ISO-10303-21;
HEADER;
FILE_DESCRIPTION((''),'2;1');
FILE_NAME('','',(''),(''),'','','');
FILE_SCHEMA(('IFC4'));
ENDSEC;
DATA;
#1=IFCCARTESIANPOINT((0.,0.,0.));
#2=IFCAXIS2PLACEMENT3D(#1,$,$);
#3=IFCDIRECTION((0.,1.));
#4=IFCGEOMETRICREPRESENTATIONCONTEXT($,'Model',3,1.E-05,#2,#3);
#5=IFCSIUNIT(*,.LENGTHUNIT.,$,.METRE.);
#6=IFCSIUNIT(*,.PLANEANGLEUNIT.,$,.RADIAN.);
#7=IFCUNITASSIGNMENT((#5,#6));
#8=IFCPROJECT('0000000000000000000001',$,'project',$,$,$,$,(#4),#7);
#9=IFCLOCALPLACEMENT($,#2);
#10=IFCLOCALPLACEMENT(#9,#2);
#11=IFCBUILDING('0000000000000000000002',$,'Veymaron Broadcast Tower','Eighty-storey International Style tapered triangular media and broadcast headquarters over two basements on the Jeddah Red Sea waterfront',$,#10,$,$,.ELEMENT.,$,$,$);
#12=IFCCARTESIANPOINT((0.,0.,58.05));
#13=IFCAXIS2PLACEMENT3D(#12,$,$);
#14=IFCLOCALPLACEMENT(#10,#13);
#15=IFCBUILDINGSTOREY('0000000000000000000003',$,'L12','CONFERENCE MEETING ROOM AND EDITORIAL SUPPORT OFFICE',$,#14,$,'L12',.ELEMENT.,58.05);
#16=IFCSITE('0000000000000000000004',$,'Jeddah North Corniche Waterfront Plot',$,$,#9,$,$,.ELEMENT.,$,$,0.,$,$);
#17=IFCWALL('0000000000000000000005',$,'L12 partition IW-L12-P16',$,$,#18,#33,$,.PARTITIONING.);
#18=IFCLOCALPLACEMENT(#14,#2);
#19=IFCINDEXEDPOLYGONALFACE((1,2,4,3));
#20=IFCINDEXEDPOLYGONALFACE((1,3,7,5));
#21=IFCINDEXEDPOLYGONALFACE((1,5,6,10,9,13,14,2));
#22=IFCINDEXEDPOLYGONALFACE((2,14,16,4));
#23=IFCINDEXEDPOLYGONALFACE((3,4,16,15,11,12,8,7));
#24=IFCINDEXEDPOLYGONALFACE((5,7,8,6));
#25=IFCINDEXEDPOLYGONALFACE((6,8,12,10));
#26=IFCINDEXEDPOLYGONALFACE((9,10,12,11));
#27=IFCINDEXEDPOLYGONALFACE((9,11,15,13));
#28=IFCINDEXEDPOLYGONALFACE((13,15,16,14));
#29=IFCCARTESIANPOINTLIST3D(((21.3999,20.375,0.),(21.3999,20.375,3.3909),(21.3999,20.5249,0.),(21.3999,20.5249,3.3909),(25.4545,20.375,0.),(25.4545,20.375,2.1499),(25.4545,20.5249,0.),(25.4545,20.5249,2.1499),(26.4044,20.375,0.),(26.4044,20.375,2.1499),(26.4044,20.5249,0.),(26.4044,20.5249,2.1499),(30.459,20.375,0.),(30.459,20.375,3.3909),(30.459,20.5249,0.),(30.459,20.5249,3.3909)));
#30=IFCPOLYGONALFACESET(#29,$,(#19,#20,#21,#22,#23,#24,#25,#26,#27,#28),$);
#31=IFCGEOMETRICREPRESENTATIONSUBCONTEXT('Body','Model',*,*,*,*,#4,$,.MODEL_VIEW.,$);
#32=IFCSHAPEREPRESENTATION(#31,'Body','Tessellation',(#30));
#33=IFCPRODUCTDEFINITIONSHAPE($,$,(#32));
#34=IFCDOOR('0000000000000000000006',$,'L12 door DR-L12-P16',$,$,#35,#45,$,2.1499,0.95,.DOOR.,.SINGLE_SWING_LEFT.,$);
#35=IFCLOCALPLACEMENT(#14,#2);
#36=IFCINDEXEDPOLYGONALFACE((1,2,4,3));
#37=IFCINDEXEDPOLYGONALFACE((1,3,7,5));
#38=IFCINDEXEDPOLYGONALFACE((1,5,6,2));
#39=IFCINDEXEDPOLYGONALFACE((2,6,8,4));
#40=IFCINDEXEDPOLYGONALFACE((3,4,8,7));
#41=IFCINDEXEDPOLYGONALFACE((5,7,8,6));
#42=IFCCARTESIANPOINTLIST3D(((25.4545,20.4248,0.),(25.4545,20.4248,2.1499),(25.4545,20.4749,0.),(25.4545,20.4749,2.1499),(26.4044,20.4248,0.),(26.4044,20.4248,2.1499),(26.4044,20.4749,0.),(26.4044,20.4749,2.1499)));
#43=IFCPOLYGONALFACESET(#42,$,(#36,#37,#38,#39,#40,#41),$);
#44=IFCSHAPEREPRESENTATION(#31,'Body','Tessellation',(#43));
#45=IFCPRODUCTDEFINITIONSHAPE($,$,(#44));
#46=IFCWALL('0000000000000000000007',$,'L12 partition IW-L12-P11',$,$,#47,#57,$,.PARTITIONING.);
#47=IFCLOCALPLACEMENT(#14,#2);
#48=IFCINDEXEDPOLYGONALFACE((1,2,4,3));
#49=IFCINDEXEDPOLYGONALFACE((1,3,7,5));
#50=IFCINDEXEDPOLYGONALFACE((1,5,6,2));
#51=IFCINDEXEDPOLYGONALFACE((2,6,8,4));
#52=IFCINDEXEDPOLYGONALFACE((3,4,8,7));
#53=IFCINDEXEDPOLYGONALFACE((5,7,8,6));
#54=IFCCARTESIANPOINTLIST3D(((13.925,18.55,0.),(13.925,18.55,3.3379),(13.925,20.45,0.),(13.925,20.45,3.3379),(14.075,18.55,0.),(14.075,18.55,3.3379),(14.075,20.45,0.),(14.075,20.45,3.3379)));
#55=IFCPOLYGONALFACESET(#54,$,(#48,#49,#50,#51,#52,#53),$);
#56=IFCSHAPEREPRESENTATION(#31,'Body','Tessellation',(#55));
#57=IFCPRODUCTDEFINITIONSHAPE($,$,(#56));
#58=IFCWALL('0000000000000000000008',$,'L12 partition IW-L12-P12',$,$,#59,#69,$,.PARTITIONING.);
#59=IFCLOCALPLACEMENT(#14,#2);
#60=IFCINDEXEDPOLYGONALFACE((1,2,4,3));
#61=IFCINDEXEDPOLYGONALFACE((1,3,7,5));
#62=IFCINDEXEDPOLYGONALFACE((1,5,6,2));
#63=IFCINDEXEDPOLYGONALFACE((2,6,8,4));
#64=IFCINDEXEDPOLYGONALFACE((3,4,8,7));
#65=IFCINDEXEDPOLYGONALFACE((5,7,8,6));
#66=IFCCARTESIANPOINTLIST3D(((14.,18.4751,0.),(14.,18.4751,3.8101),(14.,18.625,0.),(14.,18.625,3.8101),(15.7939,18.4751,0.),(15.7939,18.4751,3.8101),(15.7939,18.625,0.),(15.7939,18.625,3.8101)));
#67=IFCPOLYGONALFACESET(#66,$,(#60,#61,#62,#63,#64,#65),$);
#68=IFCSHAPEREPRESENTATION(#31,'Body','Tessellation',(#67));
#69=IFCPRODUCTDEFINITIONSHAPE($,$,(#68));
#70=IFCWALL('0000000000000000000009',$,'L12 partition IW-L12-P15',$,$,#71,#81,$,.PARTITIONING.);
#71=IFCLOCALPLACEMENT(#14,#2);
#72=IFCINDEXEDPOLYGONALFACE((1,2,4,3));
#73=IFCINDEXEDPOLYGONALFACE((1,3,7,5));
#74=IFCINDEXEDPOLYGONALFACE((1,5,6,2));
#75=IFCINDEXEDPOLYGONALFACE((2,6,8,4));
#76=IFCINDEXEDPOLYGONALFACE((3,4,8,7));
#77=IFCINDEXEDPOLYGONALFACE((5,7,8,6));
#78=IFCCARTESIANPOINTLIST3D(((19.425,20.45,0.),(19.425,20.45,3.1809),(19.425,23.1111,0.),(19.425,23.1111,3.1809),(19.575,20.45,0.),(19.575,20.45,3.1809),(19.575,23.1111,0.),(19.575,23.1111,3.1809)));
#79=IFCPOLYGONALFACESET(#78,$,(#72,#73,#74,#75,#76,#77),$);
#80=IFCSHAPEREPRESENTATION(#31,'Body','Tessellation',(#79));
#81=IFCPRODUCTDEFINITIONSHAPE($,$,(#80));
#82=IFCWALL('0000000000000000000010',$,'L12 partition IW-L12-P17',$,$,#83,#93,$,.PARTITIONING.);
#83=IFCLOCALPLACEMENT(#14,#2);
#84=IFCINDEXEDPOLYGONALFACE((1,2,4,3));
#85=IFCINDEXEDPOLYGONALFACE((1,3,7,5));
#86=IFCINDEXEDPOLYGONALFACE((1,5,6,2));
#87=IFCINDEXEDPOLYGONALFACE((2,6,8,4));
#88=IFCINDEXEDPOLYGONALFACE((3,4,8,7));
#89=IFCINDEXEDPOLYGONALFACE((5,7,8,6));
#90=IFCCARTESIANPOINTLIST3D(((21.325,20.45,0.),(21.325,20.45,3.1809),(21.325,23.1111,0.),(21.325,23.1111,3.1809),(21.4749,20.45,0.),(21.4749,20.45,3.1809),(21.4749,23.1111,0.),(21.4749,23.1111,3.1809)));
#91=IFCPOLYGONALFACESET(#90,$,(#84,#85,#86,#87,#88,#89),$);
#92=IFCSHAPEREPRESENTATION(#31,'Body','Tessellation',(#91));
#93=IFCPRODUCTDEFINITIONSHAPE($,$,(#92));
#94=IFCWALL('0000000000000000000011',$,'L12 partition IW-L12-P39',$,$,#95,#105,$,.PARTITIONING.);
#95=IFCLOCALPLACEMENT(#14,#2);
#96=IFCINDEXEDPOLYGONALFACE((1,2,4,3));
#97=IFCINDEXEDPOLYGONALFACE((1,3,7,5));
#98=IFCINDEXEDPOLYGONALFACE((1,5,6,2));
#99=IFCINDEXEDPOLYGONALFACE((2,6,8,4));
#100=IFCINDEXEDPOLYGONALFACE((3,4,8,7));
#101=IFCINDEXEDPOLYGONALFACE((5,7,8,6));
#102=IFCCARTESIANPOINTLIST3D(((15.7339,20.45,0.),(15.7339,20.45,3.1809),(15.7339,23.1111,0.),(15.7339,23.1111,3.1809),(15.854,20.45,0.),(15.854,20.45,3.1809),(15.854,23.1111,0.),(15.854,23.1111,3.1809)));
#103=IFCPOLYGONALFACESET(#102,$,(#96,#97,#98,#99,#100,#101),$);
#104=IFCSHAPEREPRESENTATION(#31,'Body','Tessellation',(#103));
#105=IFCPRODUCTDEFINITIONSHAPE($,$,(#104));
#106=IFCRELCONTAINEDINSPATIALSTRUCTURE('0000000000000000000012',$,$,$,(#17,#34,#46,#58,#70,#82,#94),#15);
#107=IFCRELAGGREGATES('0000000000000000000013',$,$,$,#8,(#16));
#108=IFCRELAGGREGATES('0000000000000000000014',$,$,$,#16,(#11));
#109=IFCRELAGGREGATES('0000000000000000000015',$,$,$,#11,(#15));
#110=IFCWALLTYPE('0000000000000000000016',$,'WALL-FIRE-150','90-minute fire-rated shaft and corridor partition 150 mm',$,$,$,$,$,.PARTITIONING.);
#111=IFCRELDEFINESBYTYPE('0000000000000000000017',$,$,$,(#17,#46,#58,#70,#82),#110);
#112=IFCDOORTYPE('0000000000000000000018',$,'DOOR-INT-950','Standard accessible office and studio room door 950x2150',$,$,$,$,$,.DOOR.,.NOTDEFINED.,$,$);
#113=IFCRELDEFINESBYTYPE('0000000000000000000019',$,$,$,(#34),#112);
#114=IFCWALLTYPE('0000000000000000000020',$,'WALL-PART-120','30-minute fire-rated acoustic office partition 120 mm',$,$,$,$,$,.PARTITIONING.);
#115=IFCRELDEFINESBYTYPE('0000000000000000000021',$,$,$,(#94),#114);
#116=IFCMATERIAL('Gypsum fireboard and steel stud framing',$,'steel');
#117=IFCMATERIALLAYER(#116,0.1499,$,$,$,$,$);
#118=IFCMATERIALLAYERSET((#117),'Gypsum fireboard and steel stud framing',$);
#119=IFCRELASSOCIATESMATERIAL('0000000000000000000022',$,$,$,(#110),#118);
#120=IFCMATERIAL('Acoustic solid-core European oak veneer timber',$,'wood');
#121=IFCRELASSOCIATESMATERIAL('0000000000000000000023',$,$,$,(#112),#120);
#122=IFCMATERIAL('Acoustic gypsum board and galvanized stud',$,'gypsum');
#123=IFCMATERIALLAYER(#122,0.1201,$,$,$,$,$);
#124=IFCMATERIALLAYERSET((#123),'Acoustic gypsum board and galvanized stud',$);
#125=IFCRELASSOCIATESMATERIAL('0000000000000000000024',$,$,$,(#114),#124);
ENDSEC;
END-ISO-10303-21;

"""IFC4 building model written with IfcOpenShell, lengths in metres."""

from ifc_helpers import new_model, si_unit, direction, frame, frame_2d, origin, place, context, subcontext, project, spatial, rectangle, extrude, material, layer, layer_set, type_object, element, fill, save


model = new_model("IFC4")

# Units and contexts
model_context = context("Model", 3, precision=1e-05, world=origin(), true_north=direction((0.0, 1.0)))
body_context = subcontext(model_context, "Body", "Model", "MODEL_VIEW")
ifc_project = project(units=[si_unit("LENGTHUNIT", "METRE"), si_unit("PLANEANGLEUNIT", "RADIAN")], contexts=[model_context])

# Site, building, storey
site_placement = place(None, origin())
site = spatial("IfcSite", under=ifc_project, at=site_placement, Name="Jeddah North Corniche Waterfront Plot", CompositionType="ELEMENT", RefElevation=0.0)
building_placement = place(site_placement, origin())
building = spatial("IfcBuilding", under=site, at=building_placement, Name="Veymaron Broadcast Tower", Description="Eighty-storey International Style tapered triangular media and broadcast headquarters over two basements on the Jeddah Red Sea waterfront", CompositionType="ELEMENT")
storey_placement = place(building_placement, frame((0.0, 0.0, 58.05)))
storey = spatial("IfcBuildingStorey", under=building, at=storey_placement, Name="L12", Description="CONFERENCE MEETING ROOM AND EDITORIAL SUPPORT OFFICE", LongName="L12", CompositionType="ELEMENT", Elevation=58.05)

# Wall, opening, door
ifc_material_1 = material(Name="Gypsum fireboard and steel stud framing", Category="steel")
ifc_layer_1 = layer(ifc_material_1, 0.1499)
ifc_layer_set_1 = layer_set([ifc_layer_1], Name="Gypsum fireboard and steel stud framing")
wall_type_1 = type_object("IfcWallType", Name="WALL-FIRE-150", Description="90-minute fire-rated shaft and corridor partition 150 mm", PredefinedType="PARTITIONING", material=ifc_layer_set_1)
ifc_material_2 = material(Name="Acoustic solid-core European oak veneer timber", Category="wood")
door_type = type_object("IfcDoorType", Name="DOOR-INT-950", Description="Standard accessible office and studio room door 950x2150", OperationType="NOTDEFINED", PredefinedType="DOOR", material=ifc_material_2)
wall_1_placement = place(storey_placement, frame((21.3999, 20.45, 0.0), z_axis=(0.0, 0.0, 1.0), x_axis=(1.0, 0.0, 0.0)))
wall_1 = element("IfcWall", 1, at=wall_1_placement, inside=storey, type_object=wall_type_1, Name="L12 partition IW-L12-P16", PredefinedType="PARTITIONING", context=body_context, shape_type="SweptSolid", body=[
    extrude(rectangle(XDim=9.0591, YDim=0.1499, at=frame_2d((4.5295, 0.0))), origin(), (0.0, 0.0, 1.0), 3.3909),
])
opening_1_placement = place(wall_1_placement, frame((4.0544, 0.0, 0.0)))
opening_1 = element("IfcOpeningElement", 2, at=opening_1_placement, cuts=wall_1, PredefinedType="OPENING", context=body_context, shape_type="SweptSolid", body=[
    extrude(rectangle(XDim=0.95, YDim=2.1499, at=frame_2d((0.4751, 1.075))), frame((0.0, 0.085, 0.0), z_axis=(0.0, -1.0, 0.0), x_axis=(1.0, 0.0, 0.0)), (0.0, 0.0, 1.0), 0.1699),
])
door_1_placement = place(opening_1_placement, origin())
door_1 = element("IfcDoor", 3, at=door_1_placement, inside=storey, type_object=door_type, Name="L12 door DR-L12-P16", OperationType="SINGLE_SWING_LEFT", OverallHeight=2.1499, OverallWidth=0.95, PredefinedType="DOOR", context=body_context, shape_type="SweptSolid", body=[
    extrude(rectangle(XDim=0.95, YDim=2.1499, at=frame_2d((0.4751, 1.075))), frame((0.0, 0.0249, 0.0), z_axis=(0.0, -1.0, 0.0), x_axis=(1.0, 0.0, 0.0)), (0.0, 0.0, 1.0), 0.05),
])
fill(opening_1, door_1)

# Walls
wall_2_placement = place(storey_placement, frame((14.0, 18.55, 0.0), z_axis=(0.0, 0.0, 1.0), x_axis=(0.0, 1.0, 0.0)))
element("IfcWall", 4, at=wall_2_placement, inside=storey, type_object=wall_type_1, Name="L12 partition IW-L12-P11", PredefinedType="PARTITIONING", context=body_context, shape_type="SweptSolid", body=[
    extrude(rectangle(XDim=1.8999, YDim=0.1499, at=frame_2d((0.95, 0.0))), origin(), (0.0, 0.0, 1.0), 3.3379),
])
wall_3_placement = place(storey_placement, frame((14.0, 18.55, 0.0), z_axis=(0.0, 0.0, 1.0), x_axis=(1.0, 0.0, 0.0)))
element("IfcWall", 5, at=wall_3_placement, inside=storey, type_object=wall_type_1, Name="L12 partition IW-L12-P12", PredefinedType="PARTITIONING", context=body_context, shape_type="SweptSolid", body=[
    extrude(rectangle(XDim=1.7939, YDim=0.1499, at=frame_2d((0.897, 0.0))), origin(), (0.0, 0.0, 1.0), 3.8101),
])
for number, where, z_axis, x_axis, name in (
    (6, (19.5, 20.45, 0.0), (0.0, 0.0, 1.0), (0.0, 1.0, 0.0), "L12 partition IW-L12-P15"),
    (7, (21.3999, 20.45, 0.0), (0.0, 0.0, 1.0), (0.0, 1.0, 0.0), "L12 partition IW-L12-P17"),
):
    element("IfcWall", number, at=place(storey_placement, frame(where, z_axis=z_axis, x_axis=x_axis)), inside=storey, type_object=wall_type_1, Name=name, PredefinedType="PARTITIONING", context=body_context, shape_type="SweptSolid", body=[
        extrude(rectangle(XDim=2.6611, YDim=0.1499, at=frame_2d((1.3306, 0.0))), origin(), (0.0, 0.0, 1.0), 3.1809),
    ])
ifc_material_3 = material(Name="Acoustic gypsum board and galvanized stud", Category="gypsum")
ifc_layer_2 = layer(ifc_material_3, 0.1201)
ifc_layer_set_2 = layer_set([ifc_layer_2], Name="Acoustic gypsum board and galvanized stud")
wall_type_2 = type_object("IfcWallType", Name="WALL-PART-120", Description="30-minute fire-rated acoustic office partition 120 mm", PredefinedType="PARTITIONING", material=ifc_layer_set_2)
wall_4_placement = place(storey_placement, frame((15.7939, 20.45, 0.0), z_axis=(0.0, 0.0, 1.0), x_axis=(0.0, 1.0, 0.0)))
element("IfcWall", 8, at=wall_4_placement, inside=storey, type_object=wall_type_2, Name="L12 partition IW-L12-P39", PredefinedType="PARTITIONING", context=body_context, shape_type="SweptSolid", body=[
    extrude(rectangle(XDim=2.6611, YDim=0.1201, at=frame_2d((1.3306, 0.0))), origin(), (0.0, 0.0, 1.0), 3.1809),
])

save(model, "model.ifc")
